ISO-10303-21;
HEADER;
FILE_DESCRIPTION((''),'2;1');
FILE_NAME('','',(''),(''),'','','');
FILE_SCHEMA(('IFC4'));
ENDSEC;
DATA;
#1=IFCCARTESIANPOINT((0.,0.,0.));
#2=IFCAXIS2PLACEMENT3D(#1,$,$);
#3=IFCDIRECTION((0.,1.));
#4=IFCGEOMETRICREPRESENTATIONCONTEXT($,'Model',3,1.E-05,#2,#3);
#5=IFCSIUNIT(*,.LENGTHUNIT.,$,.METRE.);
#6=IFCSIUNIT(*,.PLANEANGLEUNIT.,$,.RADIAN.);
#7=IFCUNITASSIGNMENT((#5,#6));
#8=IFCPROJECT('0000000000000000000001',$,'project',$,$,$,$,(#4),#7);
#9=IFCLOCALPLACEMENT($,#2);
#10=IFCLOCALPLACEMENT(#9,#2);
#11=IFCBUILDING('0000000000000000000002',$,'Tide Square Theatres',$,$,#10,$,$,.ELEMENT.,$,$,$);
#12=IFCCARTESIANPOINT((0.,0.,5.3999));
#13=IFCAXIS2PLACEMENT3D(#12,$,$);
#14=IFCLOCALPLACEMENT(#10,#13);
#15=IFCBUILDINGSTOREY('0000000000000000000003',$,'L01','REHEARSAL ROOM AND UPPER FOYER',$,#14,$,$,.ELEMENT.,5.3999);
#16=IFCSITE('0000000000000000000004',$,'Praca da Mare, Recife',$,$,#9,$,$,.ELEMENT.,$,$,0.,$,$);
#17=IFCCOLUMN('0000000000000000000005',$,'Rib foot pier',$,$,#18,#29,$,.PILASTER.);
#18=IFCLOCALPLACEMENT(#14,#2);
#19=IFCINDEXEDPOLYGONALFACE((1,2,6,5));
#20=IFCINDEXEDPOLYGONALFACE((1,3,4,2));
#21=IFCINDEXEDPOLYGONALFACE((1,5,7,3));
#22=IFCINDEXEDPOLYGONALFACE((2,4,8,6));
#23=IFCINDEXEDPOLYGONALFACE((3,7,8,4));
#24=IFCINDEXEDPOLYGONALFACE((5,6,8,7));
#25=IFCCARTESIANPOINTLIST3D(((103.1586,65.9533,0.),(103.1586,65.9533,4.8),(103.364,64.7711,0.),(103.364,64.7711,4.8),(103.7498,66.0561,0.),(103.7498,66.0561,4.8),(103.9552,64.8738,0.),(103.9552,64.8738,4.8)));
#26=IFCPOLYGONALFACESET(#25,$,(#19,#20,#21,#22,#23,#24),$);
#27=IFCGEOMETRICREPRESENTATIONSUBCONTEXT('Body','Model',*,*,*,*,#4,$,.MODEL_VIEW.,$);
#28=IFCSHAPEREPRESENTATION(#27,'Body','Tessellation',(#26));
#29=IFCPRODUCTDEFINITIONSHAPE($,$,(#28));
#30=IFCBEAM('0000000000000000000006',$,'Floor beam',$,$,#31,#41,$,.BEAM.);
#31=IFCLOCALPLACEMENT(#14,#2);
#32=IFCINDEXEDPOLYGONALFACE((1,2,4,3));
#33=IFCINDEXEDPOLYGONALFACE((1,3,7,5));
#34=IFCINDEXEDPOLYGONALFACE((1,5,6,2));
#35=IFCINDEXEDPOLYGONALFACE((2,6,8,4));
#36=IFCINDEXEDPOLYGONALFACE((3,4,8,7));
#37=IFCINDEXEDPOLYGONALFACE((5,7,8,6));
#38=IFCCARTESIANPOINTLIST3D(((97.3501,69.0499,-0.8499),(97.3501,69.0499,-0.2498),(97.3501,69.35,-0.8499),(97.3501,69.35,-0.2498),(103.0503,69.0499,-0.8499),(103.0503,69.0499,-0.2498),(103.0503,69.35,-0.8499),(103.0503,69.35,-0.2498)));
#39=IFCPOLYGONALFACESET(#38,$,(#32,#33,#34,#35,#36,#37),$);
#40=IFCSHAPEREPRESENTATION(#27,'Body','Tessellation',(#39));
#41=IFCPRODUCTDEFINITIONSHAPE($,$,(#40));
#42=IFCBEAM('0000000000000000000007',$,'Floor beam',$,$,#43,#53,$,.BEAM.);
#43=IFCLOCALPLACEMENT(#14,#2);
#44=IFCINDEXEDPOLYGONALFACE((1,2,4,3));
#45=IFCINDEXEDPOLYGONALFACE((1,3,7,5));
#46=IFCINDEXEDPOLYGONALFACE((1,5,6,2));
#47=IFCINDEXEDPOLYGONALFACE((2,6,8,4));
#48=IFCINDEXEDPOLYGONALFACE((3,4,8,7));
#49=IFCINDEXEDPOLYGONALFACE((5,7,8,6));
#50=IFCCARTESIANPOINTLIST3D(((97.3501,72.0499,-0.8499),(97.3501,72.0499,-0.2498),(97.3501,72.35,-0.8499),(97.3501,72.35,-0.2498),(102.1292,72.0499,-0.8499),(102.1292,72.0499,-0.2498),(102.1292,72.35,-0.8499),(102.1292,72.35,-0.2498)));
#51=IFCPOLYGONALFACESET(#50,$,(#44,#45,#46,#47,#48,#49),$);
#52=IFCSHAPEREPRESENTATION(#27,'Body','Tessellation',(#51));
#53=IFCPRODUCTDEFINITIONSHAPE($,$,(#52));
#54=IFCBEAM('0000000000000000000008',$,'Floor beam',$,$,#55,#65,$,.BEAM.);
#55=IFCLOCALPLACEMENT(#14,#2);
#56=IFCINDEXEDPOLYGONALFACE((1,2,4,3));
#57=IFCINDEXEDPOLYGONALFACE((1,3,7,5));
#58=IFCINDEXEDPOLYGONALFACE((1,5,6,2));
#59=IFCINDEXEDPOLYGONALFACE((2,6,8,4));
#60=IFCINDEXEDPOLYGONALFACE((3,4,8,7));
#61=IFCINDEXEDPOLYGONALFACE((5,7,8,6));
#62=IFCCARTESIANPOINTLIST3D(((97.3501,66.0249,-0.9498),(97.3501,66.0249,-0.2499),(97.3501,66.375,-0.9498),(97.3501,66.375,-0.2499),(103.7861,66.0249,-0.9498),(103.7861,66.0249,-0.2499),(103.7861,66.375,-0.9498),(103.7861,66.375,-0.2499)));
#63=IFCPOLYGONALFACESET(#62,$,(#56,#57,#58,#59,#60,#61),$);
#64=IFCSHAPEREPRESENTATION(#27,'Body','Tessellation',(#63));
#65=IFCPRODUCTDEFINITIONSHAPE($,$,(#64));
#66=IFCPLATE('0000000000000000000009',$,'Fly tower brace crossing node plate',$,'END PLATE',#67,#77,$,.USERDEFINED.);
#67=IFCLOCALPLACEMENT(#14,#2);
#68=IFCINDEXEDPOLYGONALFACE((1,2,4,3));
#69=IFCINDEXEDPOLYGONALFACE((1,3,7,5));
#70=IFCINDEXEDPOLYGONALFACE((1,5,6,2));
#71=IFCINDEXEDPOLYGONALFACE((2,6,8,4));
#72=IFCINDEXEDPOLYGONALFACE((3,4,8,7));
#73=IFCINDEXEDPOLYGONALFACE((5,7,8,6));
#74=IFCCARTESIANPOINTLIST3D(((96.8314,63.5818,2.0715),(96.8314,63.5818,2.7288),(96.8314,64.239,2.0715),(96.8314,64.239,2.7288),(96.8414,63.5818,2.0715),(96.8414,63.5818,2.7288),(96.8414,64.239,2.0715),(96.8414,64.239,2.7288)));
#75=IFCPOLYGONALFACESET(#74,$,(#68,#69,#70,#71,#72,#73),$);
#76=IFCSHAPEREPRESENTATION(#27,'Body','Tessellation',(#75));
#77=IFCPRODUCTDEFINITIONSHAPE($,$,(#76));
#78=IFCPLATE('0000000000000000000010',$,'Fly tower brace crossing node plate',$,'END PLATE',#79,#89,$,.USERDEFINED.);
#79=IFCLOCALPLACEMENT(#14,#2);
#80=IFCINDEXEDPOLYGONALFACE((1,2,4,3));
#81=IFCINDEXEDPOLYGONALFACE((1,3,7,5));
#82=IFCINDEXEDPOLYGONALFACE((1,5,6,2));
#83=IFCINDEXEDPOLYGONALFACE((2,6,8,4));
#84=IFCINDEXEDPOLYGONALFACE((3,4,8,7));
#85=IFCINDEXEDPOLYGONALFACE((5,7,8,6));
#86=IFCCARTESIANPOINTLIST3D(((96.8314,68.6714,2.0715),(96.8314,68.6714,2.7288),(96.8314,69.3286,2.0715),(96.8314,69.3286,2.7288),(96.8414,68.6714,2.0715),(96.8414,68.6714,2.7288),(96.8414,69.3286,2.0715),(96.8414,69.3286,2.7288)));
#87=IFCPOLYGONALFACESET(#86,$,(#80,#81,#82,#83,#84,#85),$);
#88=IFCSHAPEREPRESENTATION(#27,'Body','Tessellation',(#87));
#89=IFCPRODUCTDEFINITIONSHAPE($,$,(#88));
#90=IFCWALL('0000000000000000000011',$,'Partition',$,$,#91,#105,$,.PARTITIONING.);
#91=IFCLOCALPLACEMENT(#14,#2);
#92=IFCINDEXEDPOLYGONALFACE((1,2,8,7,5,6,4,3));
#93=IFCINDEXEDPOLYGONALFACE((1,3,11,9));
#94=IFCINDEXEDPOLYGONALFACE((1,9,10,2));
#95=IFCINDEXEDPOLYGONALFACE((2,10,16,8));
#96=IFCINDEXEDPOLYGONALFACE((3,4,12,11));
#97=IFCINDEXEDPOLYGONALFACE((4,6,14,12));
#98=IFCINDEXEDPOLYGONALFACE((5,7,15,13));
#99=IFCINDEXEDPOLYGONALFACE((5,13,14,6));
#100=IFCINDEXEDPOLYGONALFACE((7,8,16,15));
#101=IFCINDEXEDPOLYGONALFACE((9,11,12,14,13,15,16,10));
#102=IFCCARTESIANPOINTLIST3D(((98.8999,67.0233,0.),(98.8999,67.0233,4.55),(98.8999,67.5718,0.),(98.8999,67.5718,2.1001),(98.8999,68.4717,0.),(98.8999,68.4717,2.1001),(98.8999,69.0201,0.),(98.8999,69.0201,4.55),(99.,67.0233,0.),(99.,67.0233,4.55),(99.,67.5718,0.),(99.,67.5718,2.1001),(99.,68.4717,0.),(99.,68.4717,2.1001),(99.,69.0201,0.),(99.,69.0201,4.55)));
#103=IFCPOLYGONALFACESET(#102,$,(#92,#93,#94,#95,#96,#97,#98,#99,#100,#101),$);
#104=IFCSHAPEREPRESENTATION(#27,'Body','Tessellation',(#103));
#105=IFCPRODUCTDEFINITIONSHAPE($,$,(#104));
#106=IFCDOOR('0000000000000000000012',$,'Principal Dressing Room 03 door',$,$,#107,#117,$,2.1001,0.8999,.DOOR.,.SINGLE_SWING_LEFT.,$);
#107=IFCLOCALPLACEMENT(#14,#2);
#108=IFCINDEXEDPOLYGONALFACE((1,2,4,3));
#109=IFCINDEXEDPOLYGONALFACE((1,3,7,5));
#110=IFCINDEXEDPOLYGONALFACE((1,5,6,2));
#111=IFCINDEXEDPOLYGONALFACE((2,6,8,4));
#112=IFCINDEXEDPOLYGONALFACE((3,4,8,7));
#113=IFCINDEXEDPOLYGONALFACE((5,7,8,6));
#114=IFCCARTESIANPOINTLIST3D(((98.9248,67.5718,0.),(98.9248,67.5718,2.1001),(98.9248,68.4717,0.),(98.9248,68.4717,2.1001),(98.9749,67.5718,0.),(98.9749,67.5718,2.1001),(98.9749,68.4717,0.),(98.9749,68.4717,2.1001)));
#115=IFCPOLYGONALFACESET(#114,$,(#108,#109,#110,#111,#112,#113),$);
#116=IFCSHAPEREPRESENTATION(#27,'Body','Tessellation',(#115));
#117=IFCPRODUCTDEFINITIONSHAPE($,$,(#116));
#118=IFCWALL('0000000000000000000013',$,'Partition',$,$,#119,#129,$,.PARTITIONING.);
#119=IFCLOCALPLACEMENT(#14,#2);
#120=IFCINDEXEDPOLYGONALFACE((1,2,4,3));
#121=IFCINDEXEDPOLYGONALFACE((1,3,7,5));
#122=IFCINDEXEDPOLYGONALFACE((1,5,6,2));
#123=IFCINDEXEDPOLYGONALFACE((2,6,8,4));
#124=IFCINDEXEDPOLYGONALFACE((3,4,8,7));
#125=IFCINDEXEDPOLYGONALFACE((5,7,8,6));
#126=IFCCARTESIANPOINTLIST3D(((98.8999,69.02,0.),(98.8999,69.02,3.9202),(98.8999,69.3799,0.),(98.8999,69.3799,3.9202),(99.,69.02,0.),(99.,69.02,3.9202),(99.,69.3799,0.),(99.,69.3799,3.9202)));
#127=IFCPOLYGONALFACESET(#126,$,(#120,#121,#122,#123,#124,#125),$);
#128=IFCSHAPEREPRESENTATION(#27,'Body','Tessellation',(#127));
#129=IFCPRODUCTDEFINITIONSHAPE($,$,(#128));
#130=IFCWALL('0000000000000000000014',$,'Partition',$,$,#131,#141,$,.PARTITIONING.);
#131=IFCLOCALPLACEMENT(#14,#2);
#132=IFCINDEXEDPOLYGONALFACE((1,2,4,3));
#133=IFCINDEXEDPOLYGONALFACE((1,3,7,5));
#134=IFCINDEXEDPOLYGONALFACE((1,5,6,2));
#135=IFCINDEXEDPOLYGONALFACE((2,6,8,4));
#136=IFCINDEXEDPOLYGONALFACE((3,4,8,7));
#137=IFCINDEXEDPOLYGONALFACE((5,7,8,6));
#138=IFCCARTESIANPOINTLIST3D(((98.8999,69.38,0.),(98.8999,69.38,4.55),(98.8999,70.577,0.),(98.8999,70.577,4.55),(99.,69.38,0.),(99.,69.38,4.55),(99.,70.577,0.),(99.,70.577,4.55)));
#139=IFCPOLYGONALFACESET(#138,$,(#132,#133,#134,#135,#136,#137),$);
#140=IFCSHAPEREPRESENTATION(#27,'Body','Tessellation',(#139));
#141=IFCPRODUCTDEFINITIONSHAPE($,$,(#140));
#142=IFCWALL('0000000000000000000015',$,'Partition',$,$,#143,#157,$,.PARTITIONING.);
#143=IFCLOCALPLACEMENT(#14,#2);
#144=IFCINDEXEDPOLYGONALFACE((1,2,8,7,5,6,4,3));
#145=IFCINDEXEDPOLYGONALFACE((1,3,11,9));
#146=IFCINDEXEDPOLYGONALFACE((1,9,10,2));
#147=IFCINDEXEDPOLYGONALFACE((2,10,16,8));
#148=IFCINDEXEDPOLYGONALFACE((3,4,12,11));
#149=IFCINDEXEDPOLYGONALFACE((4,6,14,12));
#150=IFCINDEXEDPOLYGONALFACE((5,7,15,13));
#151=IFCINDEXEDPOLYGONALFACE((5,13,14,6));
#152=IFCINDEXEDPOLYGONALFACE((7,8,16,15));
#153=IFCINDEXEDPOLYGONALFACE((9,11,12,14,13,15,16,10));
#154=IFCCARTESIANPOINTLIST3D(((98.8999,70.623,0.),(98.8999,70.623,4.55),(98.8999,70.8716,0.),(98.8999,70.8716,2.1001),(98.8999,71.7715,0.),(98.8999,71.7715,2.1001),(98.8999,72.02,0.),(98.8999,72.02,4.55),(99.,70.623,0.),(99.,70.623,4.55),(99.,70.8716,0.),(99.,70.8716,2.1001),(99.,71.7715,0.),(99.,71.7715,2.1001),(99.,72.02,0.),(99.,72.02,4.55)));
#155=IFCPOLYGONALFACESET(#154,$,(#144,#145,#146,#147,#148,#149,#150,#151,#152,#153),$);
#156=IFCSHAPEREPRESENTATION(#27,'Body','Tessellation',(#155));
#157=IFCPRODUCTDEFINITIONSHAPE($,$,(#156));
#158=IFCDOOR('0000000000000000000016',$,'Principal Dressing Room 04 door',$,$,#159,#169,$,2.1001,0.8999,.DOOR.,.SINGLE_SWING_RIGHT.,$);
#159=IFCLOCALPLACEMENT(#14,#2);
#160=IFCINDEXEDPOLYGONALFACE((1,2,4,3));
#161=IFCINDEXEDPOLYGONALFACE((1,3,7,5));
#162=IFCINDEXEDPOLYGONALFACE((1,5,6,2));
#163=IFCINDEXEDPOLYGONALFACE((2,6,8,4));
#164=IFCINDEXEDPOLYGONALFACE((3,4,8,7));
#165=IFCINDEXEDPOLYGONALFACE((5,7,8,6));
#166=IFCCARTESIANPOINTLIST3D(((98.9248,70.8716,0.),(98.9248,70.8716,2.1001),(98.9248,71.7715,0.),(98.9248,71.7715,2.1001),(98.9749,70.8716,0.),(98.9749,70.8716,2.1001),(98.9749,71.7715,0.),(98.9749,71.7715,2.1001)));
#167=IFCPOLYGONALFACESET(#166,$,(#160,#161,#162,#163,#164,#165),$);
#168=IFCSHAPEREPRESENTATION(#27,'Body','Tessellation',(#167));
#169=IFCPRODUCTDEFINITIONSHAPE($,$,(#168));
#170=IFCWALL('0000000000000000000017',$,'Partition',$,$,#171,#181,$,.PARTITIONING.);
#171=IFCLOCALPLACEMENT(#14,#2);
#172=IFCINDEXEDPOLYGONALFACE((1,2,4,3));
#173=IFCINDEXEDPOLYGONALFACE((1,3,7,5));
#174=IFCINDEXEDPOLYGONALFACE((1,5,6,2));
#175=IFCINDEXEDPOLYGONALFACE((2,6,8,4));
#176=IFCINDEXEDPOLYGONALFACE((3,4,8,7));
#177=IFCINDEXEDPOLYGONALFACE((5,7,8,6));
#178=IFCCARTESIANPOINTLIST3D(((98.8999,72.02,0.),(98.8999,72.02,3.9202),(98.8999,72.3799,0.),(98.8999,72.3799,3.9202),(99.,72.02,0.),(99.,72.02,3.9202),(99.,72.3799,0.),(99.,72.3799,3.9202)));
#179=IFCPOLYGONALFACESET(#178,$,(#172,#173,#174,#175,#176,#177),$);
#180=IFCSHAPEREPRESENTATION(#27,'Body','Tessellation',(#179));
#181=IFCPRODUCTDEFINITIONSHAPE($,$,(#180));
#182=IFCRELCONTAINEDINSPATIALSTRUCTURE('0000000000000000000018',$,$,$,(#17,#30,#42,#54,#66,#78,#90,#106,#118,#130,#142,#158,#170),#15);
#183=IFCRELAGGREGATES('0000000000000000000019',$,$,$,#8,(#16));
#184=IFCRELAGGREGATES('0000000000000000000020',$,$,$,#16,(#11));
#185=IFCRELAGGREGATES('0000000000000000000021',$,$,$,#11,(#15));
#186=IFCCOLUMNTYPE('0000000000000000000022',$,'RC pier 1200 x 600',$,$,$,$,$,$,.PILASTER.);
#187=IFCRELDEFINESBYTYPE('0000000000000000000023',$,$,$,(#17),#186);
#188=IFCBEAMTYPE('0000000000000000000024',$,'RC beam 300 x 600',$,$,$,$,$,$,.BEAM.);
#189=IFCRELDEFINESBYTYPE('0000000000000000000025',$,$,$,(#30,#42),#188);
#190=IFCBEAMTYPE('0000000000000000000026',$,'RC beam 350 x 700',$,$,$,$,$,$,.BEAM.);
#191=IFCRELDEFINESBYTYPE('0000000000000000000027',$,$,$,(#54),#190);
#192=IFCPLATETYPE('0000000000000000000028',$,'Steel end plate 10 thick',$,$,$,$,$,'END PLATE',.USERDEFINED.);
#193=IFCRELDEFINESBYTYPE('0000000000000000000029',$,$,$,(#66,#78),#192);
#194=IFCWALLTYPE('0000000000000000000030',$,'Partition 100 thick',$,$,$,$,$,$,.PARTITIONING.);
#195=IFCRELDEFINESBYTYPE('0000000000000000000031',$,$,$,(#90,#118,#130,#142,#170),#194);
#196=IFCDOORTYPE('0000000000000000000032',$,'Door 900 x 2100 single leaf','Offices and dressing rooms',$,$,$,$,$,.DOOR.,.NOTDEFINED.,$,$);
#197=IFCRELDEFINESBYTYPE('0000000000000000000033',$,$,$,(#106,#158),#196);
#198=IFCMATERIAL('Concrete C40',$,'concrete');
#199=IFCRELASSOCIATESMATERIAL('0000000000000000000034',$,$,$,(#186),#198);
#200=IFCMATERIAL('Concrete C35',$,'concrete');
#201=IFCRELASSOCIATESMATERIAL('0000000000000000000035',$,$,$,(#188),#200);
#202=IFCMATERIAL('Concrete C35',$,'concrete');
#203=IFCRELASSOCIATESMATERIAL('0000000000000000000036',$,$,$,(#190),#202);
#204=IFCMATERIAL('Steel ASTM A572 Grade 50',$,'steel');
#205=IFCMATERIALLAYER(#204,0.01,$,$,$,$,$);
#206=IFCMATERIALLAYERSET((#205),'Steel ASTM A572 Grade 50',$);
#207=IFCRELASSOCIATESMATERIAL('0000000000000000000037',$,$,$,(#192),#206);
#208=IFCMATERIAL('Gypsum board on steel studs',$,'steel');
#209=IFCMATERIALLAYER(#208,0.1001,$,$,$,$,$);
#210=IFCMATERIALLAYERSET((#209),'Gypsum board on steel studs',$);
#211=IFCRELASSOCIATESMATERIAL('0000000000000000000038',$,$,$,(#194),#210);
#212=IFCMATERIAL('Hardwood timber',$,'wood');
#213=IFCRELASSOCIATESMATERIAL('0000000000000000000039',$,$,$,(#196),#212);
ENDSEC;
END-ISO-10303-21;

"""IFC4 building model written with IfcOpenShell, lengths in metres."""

from ifc_helpers import new_model, si_unit, direction, frame, frame_2d, origin, origin_2d, place, context, subcontext, project, spatial, rectangle, extrude, material, layer, layer_set, material_profile, profile_set, type_object, element, fill, save


model = new_model("IFC4")

# Units and contexts
model_context = context("Model", 3, precision=1e-05, world=origin(), true_north=direction((0.0, 1.0)))
body_context = subcontext(model_context, "Body", "Model", "MODEL_VIEW")
ifc_project = project(units=[si_unit("LENGTHUNIT", "METRE"), si_unit("PLANEANGLEUNIT", "RADIAN")], contexts=[model_context])

# Site, building, storey
site_placement = place(None, origin())
site = spatial("IfcSite", under=ifc_project, at=site_placement, Name="Praca da Mare, Recife", CompositionType="ELEMENT", RefElevation=0.0)
building_placement = place(site_placement, origin())
building = spatial("IfcBuilding", under=site, at=building_placement, Name="Tide Square Theatres", CompositionType="ELEMENT")
storey_placement = place(building_placement, frame((0.0, 0.0, 5.3999)))
storey = spatial("IfcBuildingStorey", under=building, at=storey_placement, Name="L01", Description="REHEARSAL ROOM AND UPPER FOYER", CompositionType="ELEMENT", Elevation=5.3999)

# Column
ifc_material_1 = material(Name="Concrete C40", Category="concrete")
ifc_material_profile_1 = material_profile(ifc_material_1, rectangle(XDim=1.2, YDim=0.6001, at=origin_2d()))
ifc_profile_set_1 = profile_set([ifc_material_profile_1], Name="Concrete C40")
column_type = type_object("IfcColumnType", Name="RC pier 1200 x 600", PredefinedType="PILASTER", material=ifc_profile_set_1)
column_placement = place(storey_placement, frame((103.5569, 65.4136, 0.0), z_axis=(0.0, 0.0, 1.0), x_axis=(-0.171173, 0.985241, 0.0)))
element("IfcColumn", 1, at=column_placement, inside=storey, type_object=column_type, Name="Rib foot pier", PredefinedType="PILASTER", context=body_context, shape_type="SweptSolid", body=[
    extrude(rectangle(XDim=1.2, YDim=0.6001, at=origin_2d()), origin(), (0.0, 0.0, 1.0), 4.8),
])

# Beams
ifc_material_2 = material(Name="Concrete C35", Category="concrete")
ifc_material_profile_2 = material_profile(ifc_material_2, rectangle(XDim=0.3, YDim=0.6001, at=origin_2d()))
ifc_profile_set_2 = profile_set([ifc_material_profile_2], Name="Concrete C35")
beam_type_1 = type_object("IfcBeamType", Name="RC beam 300 x 600", PredefinedType="BEAM", material=ifc_profile_set_2)
beam_1_placement = place(storey_placement, frame((97.3501, 69.2, -0.5498), z_axis=(1.0, 0.0, 0.0), x_axis=(0.0, 1.0, 0.0)))
element("IfcBeam", 2, at=beam_1_placement, inside=storey, type_object=beam_type_1, Name="Floor beam", PredefinedType="BEAM", context=body_context, shape_type="SweptSolid", body=[
    extrude(rectangle(XDim=0.3, YDim=0.6001, at=origin_2d()), origin(), (0.0, 0.0, 1.0), 5.7002),
])
beam_2_placement = place(storey_placement, frame((97.3501, 72.2, -0.5498), z_axis=(1.0, 0.0, 0.0), x_axis=(0.0, 1.0, 0.0)))
element("IfcBeam", 3, at=beam_2_placement, inside=storey, type_object=beam_type_1, Name="Floor beam", PredefinedType="BEAM", context=body_context, shape_type="SweptSolid", body=[
    extrude(rectangle(XDim=0.3, YDim=0.6001, at=origin_2d()), origin(), (0.0, 0.0, 1.0), 4.7791),
])
ifc_material_3 = material(Name="Concrete C35", Category="concrete")
ifc_material_profile_3 = material_profile(ifc_material_3, rectangle(XDim=0.3501, YDim=0.7, at=origin_2d()))
ifc_profile_set_3 = profile_set([ifc_material_profile_3], Name="Concrete C35")
beam_type_2 = type_object("IfcBeamType", Name="RC beam 350 x 700", PredefinedType="BEAM", material=ifc_profile_set_3)
beam_3_placement = place(storey_placement, frame((97.3501, 66.2, -0.5999), z_axis=(1.0, 0.0, 0.0), x_axis=(0.0, 1.0, 0.0)))
element("IfcBeam", 4, at=beam_3_placement, inside=storey, type_object=beam_type_2, Name="Floor beam", PredefinedType="BEAM", context=body_context, shape_type="SweptSolid", body=[
    extrude(rectangle(XDim=0.3501, YDim=0.7, at=origin_2d()), origin(), (0.0, 0.0, 1.0), 6.436),
])

# Plates
ifc_material_4 = material(Name="Steel ASTM A572 Grade 50", Category="steel")
ifc_layer_1 = layer(ifc_material_4, 0.01)
ifc_layer_set_1 = layer_set([ifc_layer_1], Name="Steel ASTM A572 Grade 50")
plate_type = type_object("IfcPlateType", Name="Steel end plate 10 thick", ElementType="END PLATE", PredefinedType="USERDEFINED", material=ifc_layer_set_1)
for number, where, z_axis, x_axis, name in (
    (5, (96.8364, 63.9104, 2.0715), (0.0, 0.0, 1.0), (1.0, 0.0, 0.0), "Fly tower brace crossing node plate"),
    (6, (96.8364, 69.0, 2.0715), (0.0, 0.0, 1.0), (1.0, 0.0, 0.0), "Fly tower brace crossing node plate"),
):
    element("IfcPlate", number, at=place(storey_placement, frame(where, z_axis=z_axis, x_axis=x_axis)), inside=storey, type_object=plate_type, Name=name, ObjectType="END PLATE", PredefinedType="USERDEFINED", context=body_context, shape_type="SweptSolid", body=[
        extrude(rectangle(XDim=0.01, YDim=0.6572, at=origin_2d()), origin(), (0.0, 0.0, 1.0), 0.6572),
    ])

# Wall, opening, door
ifc_material_5 = material(Name="Gypsum board on steel studs", Category="steel")
ifc_layer_2 = layer(ifc_material_5, 0.1001)
ifc_layer_set_2 = layer_set([ifc_layer_2], Name="Gypsum board on steel studs")
wall_type_1 = type_object("IfcWallType", Name="Partition 100 thick", PredefinedType="PARTITIONING", material=ifc_layer_set_2)
wall_1_placement = place(storey_placement, frame((98.95, 67.0232, 0.0), z_axis=(0.0, 0.0, 1.0), x_axis=(0.0, 1.0, 0.0)))
wall_1 = element("IfcWall", 7, at=wall_1_placement, inside=storey, type_object=wall_type_1, Name="Partition", PredefinedType="PARTITIONING", context=body_context, shape_type="SweptSolid", body=[
    extrude(rectangle(XDim=1.9968, YDim=0.1001, at=frame_2d((0.9985, 0.0))), origin(), (0.0, 0.0, 1.0), 4.55),
])
opening_1_placement = place(wall_1_placement, frame((0.5486, 0.0, 0.0)))
opening_1 = element("IfcOpeningElement", 8, at=opening_1_placement, cuts=wall_1, PredefinedType="OPENING", context=body_context, shape_type="SweptSolid", body=[
    extrude(rectangle(XDim=0.8999, YDim=2.1001, at=frame_2d((0.45, 1.05))), frame((0.0, 0.0601, 0.0), z_axis=(0.0, -1.0, 0.0), x_axis=(1.0, 0.0, 0.0)), (0.0, 0.0, 1.0), 0.1201),
])
ifc_material_6 = material(Name="Hardwood timber", Category="wood")
door_type = type_object("IfcDoorType", Name="Door 900 x 2100 single leaf", Description="Offices and dressing rooms", OperationType="NOTDEFINED", PredefinedType="DOOR", material=ifc_material_6)
door_1_placement = place(opening_1_placement, frame((0.8999, 0.0, 0.0), z_axis=(0.0, 0.0, 1.0), x_axis=(-1.0, 0.0, 0.0)))
door_1 = element("IfcDoor", 9, at=door_1_placement, inside=storey, type_object=door_type, Name="Principal Dressing Room 03 door", OperationType="SINGLE_SWING_LEFT", OverallHeight=2.1001, OverallWidth=0.8999, PredefinedType="DOOR", context=body_context, shape_type="SweptSolid", body=[
    extrude(rectangle(XDim=0.8999, YDim=2.1001, at=frame_2d((0.45, 1.05))), frame((0.0, 0.0249, 0.0), z_axis=(0.0, -1.0, 0.0), x_axis=(1.0, 0.0, 0.0)), (0.0, 0.0, 1.0), 0.05),
])
fill(opening_1, door_1)

# Walls
wall_2_placement = place(storey_placement, frame((98.95, 69.02, 0.0), z_axis=(0.0, 0.0, 1.0), x_axis=(0.0, 1.0, 0.0)))
element("IfcWall", 10, at=wall_2_placement, inside=storey, type_object=wall_type_1, Name="Partition", PredefinedType="PARTITIONING", context=body_context, shape_type="SweptSolid", body=[
    extrude(rectangle(XDim=0.3599, YDim=0.1001, at=frame_2d((0.1799, 0.0))), origin(), (0.0, 0.0, 1.0), 3.9202),
])
wall_3_placement = place(storey_placement, frame((98.95, 69.3799, 0.0), z_axis=(0.0, 0.0, 1.0), x_axis=(0.0, 1.0, 0.0)))
element("IfcWall", 11, at=wall_3_placement, inside=storey, type_object=wall_type_1, Name="Partition", PredefinedType="PARTITIONING", context=body_context, shape_type="SweptSolid", body=[
    extrude(rectangle(XDim=1.197, YDim=0.1001, at=frame_2d((0.5986, 0.0))), origin(), (0.0, 0.0, 1.0), 4.55),
])

# Wall, opening, door
wall_4_placement = place(storey_placement, frame((98.95, 70.623, 0.0), z_axis=(0.0, 0.0, 1.0), x_axis=(0.0, 1.0, 0.0)))
wall_4 = element("IfcWall", 12, at=wall_4_placement, inside=storey, type_object=wall_type_1, Name="Partition", PredefinedType="PARTITIONING", context=body_context, shape_type="SweptSolid", body=[
    extrude(rectangle(XDim=1.397, YDim=0.1001, at=frame_2d((0.6985, 0.0))), origin(), (0.0, 0.0, 1.0), 4.55),
])
opening_2_placement = place(wall_4_placement, frame((0.2485, 0.0, 0.0)))
opening_2 = element("IfcOpeningElement", 13, at=opening_2_placement, cuts=wall_4, PredefinedType="OPENING", context=body_context, shape_type="SweptSolid", body=[
    extrude(rectangle(XDim=0.8999, YDim=2.1001, at=frame_2d((0.45, 1.05))), frame((0.0, 0.0601, 0.0), z_axis=(0.0, -1.0, 0.0), x_axis=(1.0, 0.0, 0.0)), (0.0, 0.0, 1.0), 0.1201),
])
door_2_placement = place(opening_2_placement, frame((0.8999, 0.0, 0.0), z_axis=(0.0, 0.0, 1.0), x_axis=(-1.0, 0.0, 0.0)))
door_2 = element("IfcDoor", 14, at=door_2_placement, inside=storey, type_object=door_type, Name="Principal Dressing Room 04 door", OperationType="SINGLE_SWING_RIGHT", OverallHeight=2.1001, OverallWidth=0.8999, PredefinedType="DOOR", context=body_context, shape_type="SweptSolid", body=[
    extrude(rectangle(XDim=0.8999, YDim=2.1001, at=frame_2d((0.45, 1.05))), frame((0.0, 0.0249, 0.0), z_axis=(0.0, -1.0, 0.0), x_axis=(1.0, 0.0, 0.0)), (0.0, 0.0, 1.0), 0.05),
])
fill(opening_2, door_2)

# Wall
wall_5_placement = place(storey_placement, frame((98.95, 72.02, 0.0), z_axis=(0.0, 0.0, 1.0), x_axis=(0.0, 1.0, 0.0)))
element("IfcWall", 15, at=wall_5_placement, inside=storey, type_object=wall_type_1, Name="Partition", PredefinedType="PARTITIONING", context=body_context, shape_type="SweptSolid", body=[
    extrude(rectangle(XDim=0.3599, YDim=0.1001, at=frame_2d((0.1799, 0.0))), origin(), (0.0, 0.0, 1.0), 3.9202),
])

save(model, "model.ifc")
